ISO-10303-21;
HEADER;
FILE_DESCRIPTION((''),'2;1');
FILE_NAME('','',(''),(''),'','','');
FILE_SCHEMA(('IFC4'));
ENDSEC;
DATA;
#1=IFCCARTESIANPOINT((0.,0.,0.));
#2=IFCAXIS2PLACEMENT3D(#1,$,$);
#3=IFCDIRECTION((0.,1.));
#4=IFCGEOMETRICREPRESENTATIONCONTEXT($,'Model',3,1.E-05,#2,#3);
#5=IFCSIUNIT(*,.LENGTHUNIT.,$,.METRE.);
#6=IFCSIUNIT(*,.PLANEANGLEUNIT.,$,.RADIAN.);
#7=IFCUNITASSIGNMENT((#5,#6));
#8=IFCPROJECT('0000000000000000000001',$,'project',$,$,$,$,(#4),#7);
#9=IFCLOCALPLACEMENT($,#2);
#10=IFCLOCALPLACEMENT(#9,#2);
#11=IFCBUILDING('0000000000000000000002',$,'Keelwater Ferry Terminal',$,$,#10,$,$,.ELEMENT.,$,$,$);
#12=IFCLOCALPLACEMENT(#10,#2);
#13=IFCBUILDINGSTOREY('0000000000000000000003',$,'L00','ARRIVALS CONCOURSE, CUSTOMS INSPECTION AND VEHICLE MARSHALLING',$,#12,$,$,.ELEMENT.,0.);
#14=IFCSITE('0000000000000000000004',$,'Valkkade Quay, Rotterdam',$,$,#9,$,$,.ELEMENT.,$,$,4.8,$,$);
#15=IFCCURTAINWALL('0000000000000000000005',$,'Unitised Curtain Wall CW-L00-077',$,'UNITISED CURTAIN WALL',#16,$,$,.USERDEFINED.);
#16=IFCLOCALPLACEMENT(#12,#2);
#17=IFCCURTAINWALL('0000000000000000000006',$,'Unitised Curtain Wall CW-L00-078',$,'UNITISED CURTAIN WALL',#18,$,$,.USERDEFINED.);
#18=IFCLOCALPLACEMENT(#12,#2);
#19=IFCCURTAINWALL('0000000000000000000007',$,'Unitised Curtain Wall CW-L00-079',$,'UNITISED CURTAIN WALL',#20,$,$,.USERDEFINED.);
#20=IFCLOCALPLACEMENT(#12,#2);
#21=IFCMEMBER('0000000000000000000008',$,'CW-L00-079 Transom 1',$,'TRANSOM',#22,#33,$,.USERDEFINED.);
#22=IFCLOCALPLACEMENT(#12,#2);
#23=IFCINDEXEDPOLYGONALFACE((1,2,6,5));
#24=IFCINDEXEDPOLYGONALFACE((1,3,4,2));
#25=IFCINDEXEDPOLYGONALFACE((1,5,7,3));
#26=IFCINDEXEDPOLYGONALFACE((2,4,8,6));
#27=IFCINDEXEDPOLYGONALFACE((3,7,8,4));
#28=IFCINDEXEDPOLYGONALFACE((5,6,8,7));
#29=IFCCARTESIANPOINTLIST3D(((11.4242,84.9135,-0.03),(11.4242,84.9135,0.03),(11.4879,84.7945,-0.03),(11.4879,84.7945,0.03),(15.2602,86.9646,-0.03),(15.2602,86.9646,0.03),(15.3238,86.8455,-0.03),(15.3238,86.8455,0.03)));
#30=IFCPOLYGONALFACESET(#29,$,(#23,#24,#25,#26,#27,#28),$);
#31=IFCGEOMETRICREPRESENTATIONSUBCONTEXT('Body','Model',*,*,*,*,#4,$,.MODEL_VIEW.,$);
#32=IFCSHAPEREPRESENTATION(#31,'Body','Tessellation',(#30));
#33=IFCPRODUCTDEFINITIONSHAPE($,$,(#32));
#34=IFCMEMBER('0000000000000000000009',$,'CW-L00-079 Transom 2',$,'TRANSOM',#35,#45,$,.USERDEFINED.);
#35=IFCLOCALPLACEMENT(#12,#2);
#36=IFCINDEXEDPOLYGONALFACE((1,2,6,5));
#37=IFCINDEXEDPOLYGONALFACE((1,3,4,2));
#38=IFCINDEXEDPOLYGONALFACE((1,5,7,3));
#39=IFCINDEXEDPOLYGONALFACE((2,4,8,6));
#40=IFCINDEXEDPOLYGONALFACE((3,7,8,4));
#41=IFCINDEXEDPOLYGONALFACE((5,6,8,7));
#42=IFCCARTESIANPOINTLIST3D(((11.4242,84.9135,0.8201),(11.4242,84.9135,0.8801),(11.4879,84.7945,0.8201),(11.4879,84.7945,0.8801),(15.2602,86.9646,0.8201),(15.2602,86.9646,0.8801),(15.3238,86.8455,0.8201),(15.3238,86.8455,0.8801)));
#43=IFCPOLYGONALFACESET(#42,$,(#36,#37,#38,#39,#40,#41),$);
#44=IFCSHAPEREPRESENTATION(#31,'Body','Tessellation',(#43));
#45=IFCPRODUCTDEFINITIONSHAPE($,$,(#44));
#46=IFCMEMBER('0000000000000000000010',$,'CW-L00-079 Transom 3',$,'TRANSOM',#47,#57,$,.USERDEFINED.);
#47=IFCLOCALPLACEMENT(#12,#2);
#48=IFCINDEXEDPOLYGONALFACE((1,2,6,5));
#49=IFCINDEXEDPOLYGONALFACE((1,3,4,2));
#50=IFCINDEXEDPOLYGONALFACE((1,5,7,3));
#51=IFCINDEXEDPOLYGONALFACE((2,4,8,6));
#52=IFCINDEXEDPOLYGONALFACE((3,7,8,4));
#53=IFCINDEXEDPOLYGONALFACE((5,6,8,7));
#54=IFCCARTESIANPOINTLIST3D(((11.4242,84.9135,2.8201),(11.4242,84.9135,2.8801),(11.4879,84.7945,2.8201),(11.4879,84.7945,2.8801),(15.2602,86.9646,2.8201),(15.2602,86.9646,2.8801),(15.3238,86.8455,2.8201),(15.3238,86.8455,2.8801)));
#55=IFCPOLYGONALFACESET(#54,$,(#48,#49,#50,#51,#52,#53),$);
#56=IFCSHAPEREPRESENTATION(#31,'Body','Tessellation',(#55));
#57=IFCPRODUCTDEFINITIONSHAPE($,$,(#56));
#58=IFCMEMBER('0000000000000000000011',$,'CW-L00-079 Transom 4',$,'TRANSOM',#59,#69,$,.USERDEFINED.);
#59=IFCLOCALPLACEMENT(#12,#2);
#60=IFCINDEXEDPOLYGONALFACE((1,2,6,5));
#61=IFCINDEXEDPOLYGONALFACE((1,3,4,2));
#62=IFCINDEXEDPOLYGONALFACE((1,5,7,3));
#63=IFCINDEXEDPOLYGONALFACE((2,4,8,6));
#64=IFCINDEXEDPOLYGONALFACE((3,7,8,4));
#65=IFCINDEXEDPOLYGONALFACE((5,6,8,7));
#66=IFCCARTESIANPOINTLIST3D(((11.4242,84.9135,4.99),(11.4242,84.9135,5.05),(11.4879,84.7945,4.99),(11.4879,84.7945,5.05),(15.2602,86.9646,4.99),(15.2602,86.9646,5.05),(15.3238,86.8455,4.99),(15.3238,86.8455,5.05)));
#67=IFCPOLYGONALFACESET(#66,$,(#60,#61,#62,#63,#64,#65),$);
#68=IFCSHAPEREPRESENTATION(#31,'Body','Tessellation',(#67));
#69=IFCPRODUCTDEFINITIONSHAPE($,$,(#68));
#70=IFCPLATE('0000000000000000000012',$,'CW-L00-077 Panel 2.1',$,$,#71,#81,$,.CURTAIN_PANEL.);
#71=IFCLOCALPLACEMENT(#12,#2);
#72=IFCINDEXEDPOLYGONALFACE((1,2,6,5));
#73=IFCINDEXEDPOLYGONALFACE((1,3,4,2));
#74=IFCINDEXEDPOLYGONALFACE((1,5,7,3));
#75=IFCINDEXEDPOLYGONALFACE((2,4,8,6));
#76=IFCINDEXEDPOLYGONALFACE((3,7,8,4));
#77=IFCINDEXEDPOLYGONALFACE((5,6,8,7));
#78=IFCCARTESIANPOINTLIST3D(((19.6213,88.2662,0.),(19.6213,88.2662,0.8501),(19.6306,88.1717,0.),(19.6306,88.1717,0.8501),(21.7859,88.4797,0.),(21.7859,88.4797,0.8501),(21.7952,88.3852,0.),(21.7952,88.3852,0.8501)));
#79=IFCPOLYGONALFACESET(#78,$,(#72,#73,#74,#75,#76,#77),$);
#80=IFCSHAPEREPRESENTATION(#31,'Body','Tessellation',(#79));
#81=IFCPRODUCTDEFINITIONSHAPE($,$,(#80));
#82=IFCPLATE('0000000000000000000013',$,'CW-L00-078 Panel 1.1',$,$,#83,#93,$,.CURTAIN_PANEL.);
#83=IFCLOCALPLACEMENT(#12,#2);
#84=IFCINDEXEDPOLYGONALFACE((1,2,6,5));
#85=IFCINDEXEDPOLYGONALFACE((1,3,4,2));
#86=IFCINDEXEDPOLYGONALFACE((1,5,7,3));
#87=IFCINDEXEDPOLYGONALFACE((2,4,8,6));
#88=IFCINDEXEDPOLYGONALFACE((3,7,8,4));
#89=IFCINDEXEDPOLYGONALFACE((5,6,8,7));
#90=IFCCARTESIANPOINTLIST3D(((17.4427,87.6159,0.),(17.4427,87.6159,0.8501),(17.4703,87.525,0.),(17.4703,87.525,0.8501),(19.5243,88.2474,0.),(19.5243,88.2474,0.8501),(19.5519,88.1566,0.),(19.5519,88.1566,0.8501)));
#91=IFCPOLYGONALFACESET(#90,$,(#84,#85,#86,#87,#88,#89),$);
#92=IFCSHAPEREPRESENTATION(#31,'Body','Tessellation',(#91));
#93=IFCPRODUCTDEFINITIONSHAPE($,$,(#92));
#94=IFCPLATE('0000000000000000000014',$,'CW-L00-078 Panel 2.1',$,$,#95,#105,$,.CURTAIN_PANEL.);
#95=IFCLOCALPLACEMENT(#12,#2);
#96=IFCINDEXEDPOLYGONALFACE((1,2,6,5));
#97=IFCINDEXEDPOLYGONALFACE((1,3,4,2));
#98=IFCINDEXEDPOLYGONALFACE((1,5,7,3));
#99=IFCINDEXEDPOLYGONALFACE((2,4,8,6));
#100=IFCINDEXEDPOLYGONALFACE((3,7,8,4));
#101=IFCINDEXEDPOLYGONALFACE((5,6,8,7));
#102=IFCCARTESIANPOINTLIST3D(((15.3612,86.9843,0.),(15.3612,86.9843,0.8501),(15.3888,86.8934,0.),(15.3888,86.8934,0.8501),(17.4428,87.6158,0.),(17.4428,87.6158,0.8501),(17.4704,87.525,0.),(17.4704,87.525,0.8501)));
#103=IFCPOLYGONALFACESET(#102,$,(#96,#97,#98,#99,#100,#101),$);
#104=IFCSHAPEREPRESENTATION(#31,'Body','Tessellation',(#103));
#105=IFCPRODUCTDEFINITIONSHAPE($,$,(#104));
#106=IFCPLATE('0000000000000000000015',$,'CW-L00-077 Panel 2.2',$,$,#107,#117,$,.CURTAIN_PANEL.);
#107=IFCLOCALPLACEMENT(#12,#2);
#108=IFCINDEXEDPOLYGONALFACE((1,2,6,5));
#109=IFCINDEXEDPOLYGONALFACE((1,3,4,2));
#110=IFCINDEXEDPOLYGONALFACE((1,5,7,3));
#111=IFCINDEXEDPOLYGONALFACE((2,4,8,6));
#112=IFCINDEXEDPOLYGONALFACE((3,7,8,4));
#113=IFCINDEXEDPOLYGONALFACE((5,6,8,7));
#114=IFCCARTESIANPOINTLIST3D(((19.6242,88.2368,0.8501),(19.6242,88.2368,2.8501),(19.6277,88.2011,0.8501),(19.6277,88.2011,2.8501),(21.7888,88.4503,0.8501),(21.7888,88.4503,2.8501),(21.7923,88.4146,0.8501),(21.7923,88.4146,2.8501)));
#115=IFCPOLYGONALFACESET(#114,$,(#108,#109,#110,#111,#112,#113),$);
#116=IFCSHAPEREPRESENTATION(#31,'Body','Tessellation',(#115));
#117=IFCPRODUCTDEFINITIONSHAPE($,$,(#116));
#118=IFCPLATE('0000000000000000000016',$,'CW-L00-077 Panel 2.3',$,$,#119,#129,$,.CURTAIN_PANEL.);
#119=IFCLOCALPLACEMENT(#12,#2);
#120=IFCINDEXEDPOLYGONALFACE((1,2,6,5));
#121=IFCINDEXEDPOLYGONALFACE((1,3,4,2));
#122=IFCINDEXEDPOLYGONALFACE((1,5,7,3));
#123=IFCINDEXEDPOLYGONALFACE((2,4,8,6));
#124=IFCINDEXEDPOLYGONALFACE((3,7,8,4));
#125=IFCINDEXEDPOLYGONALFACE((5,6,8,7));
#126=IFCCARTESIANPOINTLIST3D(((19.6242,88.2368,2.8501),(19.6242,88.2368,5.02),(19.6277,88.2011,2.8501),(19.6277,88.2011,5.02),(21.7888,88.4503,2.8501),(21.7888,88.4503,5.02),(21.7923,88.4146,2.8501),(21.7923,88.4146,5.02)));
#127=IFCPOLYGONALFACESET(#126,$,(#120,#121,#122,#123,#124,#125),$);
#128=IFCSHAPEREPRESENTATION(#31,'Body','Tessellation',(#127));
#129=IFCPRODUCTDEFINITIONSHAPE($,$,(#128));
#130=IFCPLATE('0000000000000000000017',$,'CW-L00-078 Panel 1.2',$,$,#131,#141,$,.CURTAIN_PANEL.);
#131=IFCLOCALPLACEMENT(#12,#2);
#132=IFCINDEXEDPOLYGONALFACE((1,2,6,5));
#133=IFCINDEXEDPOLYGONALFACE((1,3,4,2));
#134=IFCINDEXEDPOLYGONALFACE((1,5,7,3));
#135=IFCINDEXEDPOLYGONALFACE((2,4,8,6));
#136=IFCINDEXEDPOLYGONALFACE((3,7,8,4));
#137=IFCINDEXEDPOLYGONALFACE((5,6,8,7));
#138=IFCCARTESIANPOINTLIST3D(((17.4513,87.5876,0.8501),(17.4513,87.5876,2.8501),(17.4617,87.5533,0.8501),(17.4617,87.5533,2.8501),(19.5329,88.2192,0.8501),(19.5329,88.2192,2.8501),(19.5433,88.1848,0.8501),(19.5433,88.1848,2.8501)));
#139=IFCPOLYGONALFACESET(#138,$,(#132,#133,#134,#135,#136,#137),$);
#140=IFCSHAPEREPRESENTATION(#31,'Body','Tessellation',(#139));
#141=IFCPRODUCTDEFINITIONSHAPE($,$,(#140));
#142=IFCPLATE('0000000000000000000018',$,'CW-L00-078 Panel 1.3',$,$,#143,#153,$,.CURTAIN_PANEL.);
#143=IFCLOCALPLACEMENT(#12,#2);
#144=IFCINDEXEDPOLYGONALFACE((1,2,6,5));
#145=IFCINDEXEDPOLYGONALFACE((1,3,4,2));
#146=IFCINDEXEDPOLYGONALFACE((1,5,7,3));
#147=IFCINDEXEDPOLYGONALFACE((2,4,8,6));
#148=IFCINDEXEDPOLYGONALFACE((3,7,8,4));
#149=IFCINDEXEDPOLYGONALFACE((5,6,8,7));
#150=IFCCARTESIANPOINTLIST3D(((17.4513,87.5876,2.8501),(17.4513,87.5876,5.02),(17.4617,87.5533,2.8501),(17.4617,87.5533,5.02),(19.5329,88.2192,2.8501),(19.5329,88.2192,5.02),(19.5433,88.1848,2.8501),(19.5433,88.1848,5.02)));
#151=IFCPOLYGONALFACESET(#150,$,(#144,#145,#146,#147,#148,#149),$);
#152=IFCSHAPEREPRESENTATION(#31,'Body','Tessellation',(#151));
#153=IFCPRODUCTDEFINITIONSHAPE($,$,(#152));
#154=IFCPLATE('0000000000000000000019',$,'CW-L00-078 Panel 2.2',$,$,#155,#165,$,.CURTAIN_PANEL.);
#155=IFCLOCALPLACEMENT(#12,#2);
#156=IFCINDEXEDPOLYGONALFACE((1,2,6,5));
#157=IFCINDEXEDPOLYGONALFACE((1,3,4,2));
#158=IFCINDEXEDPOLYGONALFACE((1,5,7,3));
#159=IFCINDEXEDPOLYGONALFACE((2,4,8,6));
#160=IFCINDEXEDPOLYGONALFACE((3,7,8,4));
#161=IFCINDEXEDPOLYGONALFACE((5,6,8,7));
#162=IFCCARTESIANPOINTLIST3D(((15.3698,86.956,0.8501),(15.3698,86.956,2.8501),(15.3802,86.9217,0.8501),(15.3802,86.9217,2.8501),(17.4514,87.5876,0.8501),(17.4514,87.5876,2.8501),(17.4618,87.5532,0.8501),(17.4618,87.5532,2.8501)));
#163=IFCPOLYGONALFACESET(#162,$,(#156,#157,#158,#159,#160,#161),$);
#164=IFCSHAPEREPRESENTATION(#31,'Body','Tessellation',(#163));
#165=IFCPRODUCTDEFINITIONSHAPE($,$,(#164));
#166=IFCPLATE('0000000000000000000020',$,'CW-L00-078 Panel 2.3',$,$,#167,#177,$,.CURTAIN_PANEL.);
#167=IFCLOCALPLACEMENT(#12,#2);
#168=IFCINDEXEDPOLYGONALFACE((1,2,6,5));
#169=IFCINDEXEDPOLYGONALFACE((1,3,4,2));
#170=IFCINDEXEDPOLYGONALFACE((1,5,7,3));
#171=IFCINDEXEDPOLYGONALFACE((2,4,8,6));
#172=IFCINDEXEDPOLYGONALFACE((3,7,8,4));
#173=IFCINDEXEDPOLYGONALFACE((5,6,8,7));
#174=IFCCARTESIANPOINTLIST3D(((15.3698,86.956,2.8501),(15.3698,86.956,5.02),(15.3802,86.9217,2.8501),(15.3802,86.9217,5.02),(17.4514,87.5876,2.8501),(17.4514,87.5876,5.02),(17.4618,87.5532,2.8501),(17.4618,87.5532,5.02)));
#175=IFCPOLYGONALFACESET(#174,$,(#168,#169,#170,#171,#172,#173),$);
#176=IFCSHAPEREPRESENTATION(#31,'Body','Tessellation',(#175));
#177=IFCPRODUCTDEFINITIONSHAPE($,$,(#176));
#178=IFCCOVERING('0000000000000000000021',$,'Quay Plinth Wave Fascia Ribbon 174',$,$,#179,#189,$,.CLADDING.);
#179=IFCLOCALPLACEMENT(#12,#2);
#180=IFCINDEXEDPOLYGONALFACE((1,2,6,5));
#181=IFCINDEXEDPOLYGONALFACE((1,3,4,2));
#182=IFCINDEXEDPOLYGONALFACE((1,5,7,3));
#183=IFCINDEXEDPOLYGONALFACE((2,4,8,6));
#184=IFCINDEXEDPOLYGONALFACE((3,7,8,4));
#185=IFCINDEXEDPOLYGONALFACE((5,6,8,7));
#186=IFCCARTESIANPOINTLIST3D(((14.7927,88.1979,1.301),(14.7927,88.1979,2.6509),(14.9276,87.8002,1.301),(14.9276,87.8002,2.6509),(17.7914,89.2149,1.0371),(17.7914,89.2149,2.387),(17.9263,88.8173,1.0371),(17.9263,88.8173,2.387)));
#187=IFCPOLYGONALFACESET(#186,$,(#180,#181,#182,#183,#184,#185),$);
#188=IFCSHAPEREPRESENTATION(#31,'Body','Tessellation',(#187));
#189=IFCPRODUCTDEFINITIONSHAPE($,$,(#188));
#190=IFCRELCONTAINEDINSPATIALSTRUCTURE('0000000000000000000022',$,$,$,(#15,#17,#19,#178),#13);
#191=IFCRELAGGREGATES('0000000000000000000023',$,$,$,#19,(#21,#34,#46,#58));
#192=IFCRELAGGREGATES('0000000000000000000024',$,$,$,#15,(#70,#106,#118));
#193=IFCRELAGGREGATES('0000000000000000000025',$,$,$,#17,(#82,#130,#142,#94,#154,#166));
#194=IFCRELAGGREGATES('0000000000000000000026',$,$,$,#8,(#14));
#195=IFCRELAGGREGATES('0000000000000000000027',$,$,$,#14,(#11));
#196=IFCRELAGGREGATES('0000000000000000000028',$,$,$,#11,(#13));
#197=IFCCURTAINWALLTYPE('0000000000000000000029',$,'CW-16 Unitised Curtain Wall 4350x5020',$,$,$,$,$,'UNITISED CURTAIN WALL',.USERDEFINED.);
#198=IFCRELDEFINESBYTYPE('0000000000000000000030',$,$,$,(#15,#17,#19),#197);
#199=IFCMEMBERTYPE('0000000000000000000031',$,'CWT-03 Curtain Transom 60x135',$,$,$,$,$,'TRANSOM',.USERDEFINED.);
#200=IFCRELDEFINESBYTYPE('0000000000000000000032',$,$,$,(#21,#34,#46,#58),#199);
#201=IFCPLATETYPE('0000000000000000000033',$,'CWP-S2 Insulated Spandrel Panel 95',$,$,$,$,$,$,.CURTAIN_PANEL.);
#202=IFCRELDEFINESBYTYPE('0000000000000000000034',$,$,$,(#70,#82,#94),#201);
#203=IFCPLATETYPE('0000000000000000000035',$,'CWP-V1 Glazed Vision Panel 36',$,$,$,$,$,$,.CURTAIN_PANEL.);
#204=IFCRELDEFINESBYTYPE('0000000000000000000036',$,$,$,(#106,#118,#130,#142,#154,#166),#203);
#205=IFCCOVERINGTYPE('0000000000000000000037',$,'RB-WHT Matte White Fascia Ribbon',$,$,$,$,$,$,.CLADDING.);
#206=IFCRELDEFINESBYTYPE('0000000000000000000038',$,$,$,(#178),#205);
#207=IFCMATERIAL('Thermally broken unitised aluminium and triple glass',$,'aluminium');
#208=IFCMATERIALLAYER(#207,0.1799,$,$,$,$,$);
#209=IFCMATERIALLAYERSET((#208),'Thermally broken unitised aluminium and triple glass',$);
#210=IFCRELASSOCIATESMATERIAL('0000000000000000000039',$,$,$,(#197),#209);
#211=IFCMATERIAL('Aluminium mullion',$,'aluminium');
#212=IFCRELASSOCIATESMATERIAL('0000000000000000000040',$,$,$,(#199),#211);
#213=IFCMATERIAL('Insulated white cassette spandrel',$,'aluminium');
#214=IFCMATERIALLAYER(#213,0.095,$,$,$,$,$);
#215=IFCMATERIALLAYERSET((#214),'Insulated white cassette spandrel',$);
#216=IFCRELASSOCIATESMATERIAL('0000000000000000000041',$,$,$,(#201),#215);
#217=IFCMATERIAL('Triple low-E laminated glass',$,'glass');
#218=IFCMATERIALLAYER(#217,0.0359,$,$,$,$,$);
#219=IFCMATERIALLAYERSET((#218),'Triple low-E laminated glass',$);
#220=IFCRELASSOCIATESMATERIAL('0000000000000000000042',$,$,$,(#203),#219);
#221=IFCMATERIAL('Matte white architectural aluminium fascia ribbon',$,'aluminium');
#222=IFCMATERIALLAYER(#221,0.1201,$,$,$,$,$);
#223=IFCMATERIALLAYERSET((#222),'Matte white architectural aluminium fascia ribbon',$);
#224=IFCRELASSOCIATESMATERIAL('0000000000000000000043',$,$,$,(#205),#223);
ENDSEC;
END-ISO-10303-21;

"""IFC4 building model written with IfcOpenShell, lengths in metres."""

from ifc_helpers import new_model, si_unit, direction, frame, origin, origin_2d, place, context, subcontext, project, spatial, polyline, rectangle, outline, extrude, material, layer, layer_set, material_profile, profile_set, type_object, element, aggregate, save


model = new_model("IFC4")

# Units and contexts
model_context = context("Model", 3, precision=1e-05, world=origin(), true_north=direction((0.0, 1.0)))
body_context = subcontext(model_context, "Body", "Model", "MODEL_VIEW")
ifc_project = project(units=[si_unit("LENGTHUNIT", "METRE"), si_unit("PLANEANGLEUNIT", "RADIAN")], contexts=[model_context])

# Site, building, storey
site_placement = place(None, origin())
site = spatial("IfcSite", under=ifc_project, at=site_placement, Name="Valkkade Quay, Rotterdam", CompositionType="ELEMENT", RefElevation=4.8)
building_placement = place(site_placement, origin())
building = spatial("IfcBuilding", under=site, at=building_placement, Name="Keelwater Ferry Terminal", CompositionType="ELEMENT")
storey_placement = place(building_placement, origin())
storey = spatial("IfcBuildingStorey", under=building, at=storey_placement, Name="L00", Description="ARRIVALS CONCOURSE, CUSTOMS INSPECTION AND VEHICLE MARSHALLING", CompositionType="ELEMENT", Elevation=0.0)

# Curtain wall
ifc_material_1 = material(Name="Thermally broken unitised aluminium and triple glass", Category="aluminium")
ifc_layer_1 = layer(ifc_material_1, 0.1799)
ifc_layer_set_1 = layer_set([ifc_layer_1], Name="Thermally broken unitised aluminium and triple glass")
curtain_wall_type = type_object("IfcCurtainWallType", Name="CW-16 Unitised Curtain Wall 4350x5020", ElementType="UNITISED CURTAIN WALL", PredefinedType="USERDEFINED", material=ifc_layer_set_1)
curtain_wall_1_placement = place(storey_placement, origin())
curtain_wall_1 = element("IfcCurtainWall", 1, at=curtain_wall_1_placement, inside=storey, type_object=curtain_wall_type, Name="Unitised Curtain Wall CW-L00-077", ObjectType="UNITISED CURTAIN WALL", PredefinedType="USERDEFINED")

# Curtain wall
curtain_wall_2_placement = place(storey_placement, origin())
curtain_wall_2 = element("IfcCurtainWall", 2, at=curtain_wall_2_placement, inside=storey, type_object=curtain_wall_type, Name="Unitised Curtain Wall CW-L00-078", ObjectType="UNITISED CURTAIN WALL", PredefinedType="USERDEFINED")

# Curtain wall
curtain_wall_3_placement = place(storey_placement, origin())
curtain_wall_3 = element("IfcCurtainWall", 3, at=curtain_wall_3_placement, inside=storey, type_object=curtain_wall_type, Name="Unitised Curtain Wall CW-L00-079", ObjectType="UNITISED CURTAIN WALL", PredefinedType="USERDEFINED")

# Members
ifc_material_2 = material(Name="Aluminium mullion", Category="aluminium")
ifc_material_profile_1 = material_profile(ifc_material_2, rectangle(XDim=0.135, YDim=0.0601, at=origin_2d()), Name="CWT-03")
ifc_profile_set_1 = profile_set([ifc_material_profile_1], Name="Aluminium mullion")
member_type_1 = type_object("IfcMemberType", Name="CWT-03 Curtain Transom 60x135", ElementType="TRANSOM", PredefinedType="USERDEFINED", material=ifc_profile_set_1)
member_1_placement = place(storey_placement, frame((15.292, 86.905, 0.0), z_axis=(-0.881857, -0.471517, 0.0), x_axis=(0.471517, -0.881857, 0.0)))
member_1 = element("IfcMember", 4, at=member_1_placement, type_object=member_type_1, Name="CW-L00-079 Transom 1", ObjectType="TRANSOM", PredefinedType="USERDEFINED", context=body_context, shape_type="SweptSolid", body=[
    extrude(rectangle(XDim=0.135, YDim=0.0601, at=origin_2d()), origin(), (0.0, 0.0, 1.0), 4.3499),
])
member_2_placement = place(storey_placement, frame((15.292, 86.905, 0.8501), z_axis=(-0.881857, -0.471517, 0.0), x_axis=(0.471517, -0.881857, 0.0)))
member_2 = element("IfcMember", 5, at=member_2_placement, type_object=member_type_1, Name="CW-L00-079 Transom 2", ObjectType="TRANSOM", PredefinedType="USERDEFINED", context=body_context, shape_type="SweptSolid", body=[
    extrude(rectangle(XDim=0.135, YDim=0.0601, at=origin_2d()), origin(), (0.0, 0.0, 1.0), 4.3499),
])
member_3_placement = place(storey_placement, frame((15.292, 86.905, 2.8501), z_axis=(-0.881857, -0.471517, 0.0), x_axis=(0.471517, -0.881857, 0.0)))
member_3 = element("IfcMember", 6, at=member_3_placement, type_object=member_type_1, Name="CW-L00-079 Transom 3", ObjectType="TRANSOM", PredefinedType="USERDEFINED", context=body_context, shape_type="SweptSolid", body=[
    extrude(rectangle(XDim=0.135, YDim=0.0601, at=origin_2d()), origin(), (0.0, 0.0, 1.0), 4.3499),
])
member_4_placement = place(storey_placement, frame((15.292, 86.905, 5.02), z_axis=(-0.881857, -0.471517, 0.0), x_axis=(0.471517, -0.881857, 0.0)))
member_4 = element("IfcMember", 7, at=member_4_placement, type_object=member_type_1, Name="CW-L00-079 Transom 4", ObjectType="TRANSOM", PredefinedType="USERDEFINED", context=body_context, shape_type="SweptSolid", body=[
    extrude(rectangle(XDim=0.135, YDim=0.0601, at=origin_2d()), origin(), (0.0, 0.0, 1.0), 4.3499),
])
aggregate(curtain_wall_3, [member_1, member_2, member_3, member_4])

# Plates
ifc_material_3 = material(Name="Insulated white cassette spandrel", Category="aluminium")
ifc_layer_2 = layer(ifc_material_3, 0.095)
ifc_layer_set_2 = layer_set([ifc_layer_2], Name="Insulated white cassette spandrel")
plate_type_1 = type_object("IfcPlateType", Name="CWP-S2 Insulated Spandrel Panel 95", PredefinedType="CURTAIN_PANEL", material=ifc_layer_set_2)
plate_1_placement = place(storey_placement, frame((20.7083, 88.3257, 0.0), z_axis=(0.0, 0.0, 1.0), x_axis=(-0.995171, -0.098161, 0.0)))
plate_1 = element("IfcPlate", 8, at=plate_1_placement, type_object=plate_type_1, Name="CW-L00-077 Panel 2.1", PredefinedType="CURTAIN_PANEL", context=body_context, shape_type="SweptSolid", body=[
    extrude(rectangle(XDim=2.175, YDim=0.095, at=origin_2d()), origin(), (0.0, 0.0, 1.0), 0.8501),
])
plate_2_placement = place(storey_placement, frame((18.4973, 87.8862, 0.0), z_axis=(0.0, 0.0, 1.0), x_axis=(-0.95693, -0.29032, 0.0)))
plate_2 = element("IfcPlate", 9, at=plate_2_placement, type_object=plate_type_1, Name="CW-L00-078 Panel 1.1", PredefinedType="CURTAIN_PANEL", context=body_context, shape_type="SweptSolid", body=[
    extrude(rectangle(XDim=2.1753, YDim=0.095, at=origin_2d()), origin(), (0.0, 0.0, 1.0), 0.8501),
])
plate_3_placement = place(storey_placement, frame((16.4158, 87.2546, 0.0), z_axis=(0.0, 0.0, 1.0), x_axis=(-0.95693, -0.29032, 0.0)))
plate_3 = element("IfcPlate", 10, at=plate_3_placement, type_object=plate_type_1, Name="CW-L00-078 Panel 2.1", PredefinedType="CURTAIN_PANEL", context=body_context, shape_type="SweptSolid", body=[
    extrude(rectangle(XDim=2.1753, YDim=0.095, at=origin_2d()), origin(), (0.0, 0.0, 1.0), 0.8501),
])
ifc_material_4 = material(Name="Triple low-E laminated glass", Category="glass")
ifc_layer_3 = layer(ifc_material_4, 0.0359)
ifc_layer_set_3 = layer_set([ifc_layer_3], Name="Triple low-E laminated glass")
plate_type_2 = type_object("IfcPlateType", Name="CWP-V1 Glazed Vision Panel 36", PredefinedType="CURTAIN_PANEL", material=ifc_layer_set_3)
plate_4_placement = place(storey_placement, frame((20.7083, 88.3257, 0.8501), z_axis=(0.0, 0.0, 1.0), x_axis=(-0.995171, -0.098161, 0.0)))
plate_4 = element("IfcPlate", 11, at=plate_4_placement, type_object=plate_type_2, Name="CW-L00-077 Panel 2.2", PredefinedType="CURTAIN_PANEL", context=body_context, shape_type="SweptSolid", body=[
    extrude(rectangle(XDim=2.175, YDim=0.0359, at=origin_2d()), origin(), (0.0, 0.0, 1.0), 2.0),
])
plate_5_placement = place(storey_placement, frame((20.7083, 88.3257, 2.8501), z_axis=(0.0, 0.0, 1.0), x_axis=(-0.995171, -0.098161, 0.0)))
plate_5 = element("IfcPlate", 12, at=plate_5_placement, type_object=plate_type_2, Name="CW-L00-077 Panel 2.3", PredefinedType="CURTAIN_PANEL", context=body_context, shape_type="SweptSolid", body=[
    extrude(rectangle(XDim=2.175, YDim=0.0359, at=origin_2d()), origin(), (0.0, 0.0, 1.0), 2.1699),
])
aggregate(curtain_wall_1, [plate_1, plate_4, plate_5])
plate_6_placement = place(storey_placement, frame((18.4973, 87.8862, 0.8501), z_axis=(0.0, 0.0, 1.0), x_axis=(-0.95693, -0.29032, 0.0)))
plate_6 = element("IfcPlate", 13, at=plate_6_placement, type_object=plate_type_2, Name="CW-L00-078 Panel 1.2", PredefinedType="CURTAIN_PANEL", context=body_context, shape_type="SweptSolid", body=[
    extrude(rectangle(XDim=2.1753, YDim=0.0359, at=origin_2d()), origin(), (0.0, 0.0, 1.0), 2.0),
])
plate_7_placement = place(storey_placement, frame((18.4973, 87.8862, 2.8501), z_axis=(0.0, 0.0, 1.0), x_axis=(-0.95693, -0.29032, 0.0)))
plate_7 = element("IfcPlate", 14, at=plate_7_placement, type_object=plate_type_2, Name="CW-L00-078 Panel 1.3", PredefinedType="CURTAIN_PANEL", context=body_context, shape_type="SweptSolid", body=[
    extrude(rectangle(XDim=2.1753, YDim=0.0359, at=origin_2d()), origin(), (0.0, 0.0, 1.0), 2.1699),
])
plate_8_placement = place(storey_placement, frame((16.4158, 87.2546, 0.8501), z_axis=(0.0, 0.0, 1.0), x_axis=(-0.95693, -0.29032, 0.0)))
plate_8 = element("IfcPlate", 15, at=plate_8_placement, type_object=plate_type_2, Name="CW-L00-078 Panel 2.2", PredefinedType="CURTAIN_PANEL", context=body_context, shape_type="SweptSolid", body=[
    extrude(rectangle(XDim=2.1753, YDim=0.0359, at=origin_2d()), origin(), (0.0, 0.0, 1.0), 2.0),
])
plate_9_placement = place(storey_placement, frame((16.4158, 87.2546, 2.8501), z_axis=(0.0, 0.0, 1.0), x_axis=(-0.95693, -0.29032, 0.0)))
plate_9 = element("IfcPlate", 16, at=plate_9_placement, type_object=plate_type_2, Name="CW-L00-078 Panel 2.3", PredefinedType="CURTAIN_PANEL", context=body_context, shape_type="SweptSolid", body=[
    extrude(rectangle(XDim=2.1753, YDim=0.0359, at=origin_2d()), origin(), (0.0, 0.0, 1.0), 2.1699),
])
aggregate(curtain_wall_2, [plate_2, plate_6, plate_7, plate_3, plate_8, plate_9])

# Covering
ifc_material_5 = material(Name="Matte white architectural aluminium fascia ribbon", Category="aluminium")
ifc_layer_4 = layer(ifc_material_5, 0.1201)
ifc_layer_set_4 = layer_set([ifc_layer_4], Name="Matte white architectural aluminium fascia ribbon")
covering_type = type_object("IfcCoveringType", Name="RB-WHT Matte White Fascia Ribbon", PredefinedType="CLADDING", material=ifc_layer_set_4)
covering_placement = place(storey_placement, frame((17.8589, 89.0161, 1.0371), z_axis=(0.0, 0.0, 1.0), x_axis=(-0.947013, -0.321196, 0.0)))
element("IfcCovering", 17, at=covering_placement, inside=storey, type_object=covering_type, Name="Quay Plinth Wave Fascia Ribbon 174", PredefinedType="CLADDING", context=body_context, shape_type="SweptSolid", body=[
    extrude(outline(polyline([(0.0, 0.0), (3.1665, 0.2639), (3.1665, 1.6138), (0.0, 1.3499), (0.0, 0.0)])), frame((0.0, 0.21, 0.0), z_axis=(0.0, -1.0, 0.0), x_axis=(1.0, 0.0, 0.0)), (0.0, 0.0, 1.0), 0.4199),
])

save(model, "model.ifc")
